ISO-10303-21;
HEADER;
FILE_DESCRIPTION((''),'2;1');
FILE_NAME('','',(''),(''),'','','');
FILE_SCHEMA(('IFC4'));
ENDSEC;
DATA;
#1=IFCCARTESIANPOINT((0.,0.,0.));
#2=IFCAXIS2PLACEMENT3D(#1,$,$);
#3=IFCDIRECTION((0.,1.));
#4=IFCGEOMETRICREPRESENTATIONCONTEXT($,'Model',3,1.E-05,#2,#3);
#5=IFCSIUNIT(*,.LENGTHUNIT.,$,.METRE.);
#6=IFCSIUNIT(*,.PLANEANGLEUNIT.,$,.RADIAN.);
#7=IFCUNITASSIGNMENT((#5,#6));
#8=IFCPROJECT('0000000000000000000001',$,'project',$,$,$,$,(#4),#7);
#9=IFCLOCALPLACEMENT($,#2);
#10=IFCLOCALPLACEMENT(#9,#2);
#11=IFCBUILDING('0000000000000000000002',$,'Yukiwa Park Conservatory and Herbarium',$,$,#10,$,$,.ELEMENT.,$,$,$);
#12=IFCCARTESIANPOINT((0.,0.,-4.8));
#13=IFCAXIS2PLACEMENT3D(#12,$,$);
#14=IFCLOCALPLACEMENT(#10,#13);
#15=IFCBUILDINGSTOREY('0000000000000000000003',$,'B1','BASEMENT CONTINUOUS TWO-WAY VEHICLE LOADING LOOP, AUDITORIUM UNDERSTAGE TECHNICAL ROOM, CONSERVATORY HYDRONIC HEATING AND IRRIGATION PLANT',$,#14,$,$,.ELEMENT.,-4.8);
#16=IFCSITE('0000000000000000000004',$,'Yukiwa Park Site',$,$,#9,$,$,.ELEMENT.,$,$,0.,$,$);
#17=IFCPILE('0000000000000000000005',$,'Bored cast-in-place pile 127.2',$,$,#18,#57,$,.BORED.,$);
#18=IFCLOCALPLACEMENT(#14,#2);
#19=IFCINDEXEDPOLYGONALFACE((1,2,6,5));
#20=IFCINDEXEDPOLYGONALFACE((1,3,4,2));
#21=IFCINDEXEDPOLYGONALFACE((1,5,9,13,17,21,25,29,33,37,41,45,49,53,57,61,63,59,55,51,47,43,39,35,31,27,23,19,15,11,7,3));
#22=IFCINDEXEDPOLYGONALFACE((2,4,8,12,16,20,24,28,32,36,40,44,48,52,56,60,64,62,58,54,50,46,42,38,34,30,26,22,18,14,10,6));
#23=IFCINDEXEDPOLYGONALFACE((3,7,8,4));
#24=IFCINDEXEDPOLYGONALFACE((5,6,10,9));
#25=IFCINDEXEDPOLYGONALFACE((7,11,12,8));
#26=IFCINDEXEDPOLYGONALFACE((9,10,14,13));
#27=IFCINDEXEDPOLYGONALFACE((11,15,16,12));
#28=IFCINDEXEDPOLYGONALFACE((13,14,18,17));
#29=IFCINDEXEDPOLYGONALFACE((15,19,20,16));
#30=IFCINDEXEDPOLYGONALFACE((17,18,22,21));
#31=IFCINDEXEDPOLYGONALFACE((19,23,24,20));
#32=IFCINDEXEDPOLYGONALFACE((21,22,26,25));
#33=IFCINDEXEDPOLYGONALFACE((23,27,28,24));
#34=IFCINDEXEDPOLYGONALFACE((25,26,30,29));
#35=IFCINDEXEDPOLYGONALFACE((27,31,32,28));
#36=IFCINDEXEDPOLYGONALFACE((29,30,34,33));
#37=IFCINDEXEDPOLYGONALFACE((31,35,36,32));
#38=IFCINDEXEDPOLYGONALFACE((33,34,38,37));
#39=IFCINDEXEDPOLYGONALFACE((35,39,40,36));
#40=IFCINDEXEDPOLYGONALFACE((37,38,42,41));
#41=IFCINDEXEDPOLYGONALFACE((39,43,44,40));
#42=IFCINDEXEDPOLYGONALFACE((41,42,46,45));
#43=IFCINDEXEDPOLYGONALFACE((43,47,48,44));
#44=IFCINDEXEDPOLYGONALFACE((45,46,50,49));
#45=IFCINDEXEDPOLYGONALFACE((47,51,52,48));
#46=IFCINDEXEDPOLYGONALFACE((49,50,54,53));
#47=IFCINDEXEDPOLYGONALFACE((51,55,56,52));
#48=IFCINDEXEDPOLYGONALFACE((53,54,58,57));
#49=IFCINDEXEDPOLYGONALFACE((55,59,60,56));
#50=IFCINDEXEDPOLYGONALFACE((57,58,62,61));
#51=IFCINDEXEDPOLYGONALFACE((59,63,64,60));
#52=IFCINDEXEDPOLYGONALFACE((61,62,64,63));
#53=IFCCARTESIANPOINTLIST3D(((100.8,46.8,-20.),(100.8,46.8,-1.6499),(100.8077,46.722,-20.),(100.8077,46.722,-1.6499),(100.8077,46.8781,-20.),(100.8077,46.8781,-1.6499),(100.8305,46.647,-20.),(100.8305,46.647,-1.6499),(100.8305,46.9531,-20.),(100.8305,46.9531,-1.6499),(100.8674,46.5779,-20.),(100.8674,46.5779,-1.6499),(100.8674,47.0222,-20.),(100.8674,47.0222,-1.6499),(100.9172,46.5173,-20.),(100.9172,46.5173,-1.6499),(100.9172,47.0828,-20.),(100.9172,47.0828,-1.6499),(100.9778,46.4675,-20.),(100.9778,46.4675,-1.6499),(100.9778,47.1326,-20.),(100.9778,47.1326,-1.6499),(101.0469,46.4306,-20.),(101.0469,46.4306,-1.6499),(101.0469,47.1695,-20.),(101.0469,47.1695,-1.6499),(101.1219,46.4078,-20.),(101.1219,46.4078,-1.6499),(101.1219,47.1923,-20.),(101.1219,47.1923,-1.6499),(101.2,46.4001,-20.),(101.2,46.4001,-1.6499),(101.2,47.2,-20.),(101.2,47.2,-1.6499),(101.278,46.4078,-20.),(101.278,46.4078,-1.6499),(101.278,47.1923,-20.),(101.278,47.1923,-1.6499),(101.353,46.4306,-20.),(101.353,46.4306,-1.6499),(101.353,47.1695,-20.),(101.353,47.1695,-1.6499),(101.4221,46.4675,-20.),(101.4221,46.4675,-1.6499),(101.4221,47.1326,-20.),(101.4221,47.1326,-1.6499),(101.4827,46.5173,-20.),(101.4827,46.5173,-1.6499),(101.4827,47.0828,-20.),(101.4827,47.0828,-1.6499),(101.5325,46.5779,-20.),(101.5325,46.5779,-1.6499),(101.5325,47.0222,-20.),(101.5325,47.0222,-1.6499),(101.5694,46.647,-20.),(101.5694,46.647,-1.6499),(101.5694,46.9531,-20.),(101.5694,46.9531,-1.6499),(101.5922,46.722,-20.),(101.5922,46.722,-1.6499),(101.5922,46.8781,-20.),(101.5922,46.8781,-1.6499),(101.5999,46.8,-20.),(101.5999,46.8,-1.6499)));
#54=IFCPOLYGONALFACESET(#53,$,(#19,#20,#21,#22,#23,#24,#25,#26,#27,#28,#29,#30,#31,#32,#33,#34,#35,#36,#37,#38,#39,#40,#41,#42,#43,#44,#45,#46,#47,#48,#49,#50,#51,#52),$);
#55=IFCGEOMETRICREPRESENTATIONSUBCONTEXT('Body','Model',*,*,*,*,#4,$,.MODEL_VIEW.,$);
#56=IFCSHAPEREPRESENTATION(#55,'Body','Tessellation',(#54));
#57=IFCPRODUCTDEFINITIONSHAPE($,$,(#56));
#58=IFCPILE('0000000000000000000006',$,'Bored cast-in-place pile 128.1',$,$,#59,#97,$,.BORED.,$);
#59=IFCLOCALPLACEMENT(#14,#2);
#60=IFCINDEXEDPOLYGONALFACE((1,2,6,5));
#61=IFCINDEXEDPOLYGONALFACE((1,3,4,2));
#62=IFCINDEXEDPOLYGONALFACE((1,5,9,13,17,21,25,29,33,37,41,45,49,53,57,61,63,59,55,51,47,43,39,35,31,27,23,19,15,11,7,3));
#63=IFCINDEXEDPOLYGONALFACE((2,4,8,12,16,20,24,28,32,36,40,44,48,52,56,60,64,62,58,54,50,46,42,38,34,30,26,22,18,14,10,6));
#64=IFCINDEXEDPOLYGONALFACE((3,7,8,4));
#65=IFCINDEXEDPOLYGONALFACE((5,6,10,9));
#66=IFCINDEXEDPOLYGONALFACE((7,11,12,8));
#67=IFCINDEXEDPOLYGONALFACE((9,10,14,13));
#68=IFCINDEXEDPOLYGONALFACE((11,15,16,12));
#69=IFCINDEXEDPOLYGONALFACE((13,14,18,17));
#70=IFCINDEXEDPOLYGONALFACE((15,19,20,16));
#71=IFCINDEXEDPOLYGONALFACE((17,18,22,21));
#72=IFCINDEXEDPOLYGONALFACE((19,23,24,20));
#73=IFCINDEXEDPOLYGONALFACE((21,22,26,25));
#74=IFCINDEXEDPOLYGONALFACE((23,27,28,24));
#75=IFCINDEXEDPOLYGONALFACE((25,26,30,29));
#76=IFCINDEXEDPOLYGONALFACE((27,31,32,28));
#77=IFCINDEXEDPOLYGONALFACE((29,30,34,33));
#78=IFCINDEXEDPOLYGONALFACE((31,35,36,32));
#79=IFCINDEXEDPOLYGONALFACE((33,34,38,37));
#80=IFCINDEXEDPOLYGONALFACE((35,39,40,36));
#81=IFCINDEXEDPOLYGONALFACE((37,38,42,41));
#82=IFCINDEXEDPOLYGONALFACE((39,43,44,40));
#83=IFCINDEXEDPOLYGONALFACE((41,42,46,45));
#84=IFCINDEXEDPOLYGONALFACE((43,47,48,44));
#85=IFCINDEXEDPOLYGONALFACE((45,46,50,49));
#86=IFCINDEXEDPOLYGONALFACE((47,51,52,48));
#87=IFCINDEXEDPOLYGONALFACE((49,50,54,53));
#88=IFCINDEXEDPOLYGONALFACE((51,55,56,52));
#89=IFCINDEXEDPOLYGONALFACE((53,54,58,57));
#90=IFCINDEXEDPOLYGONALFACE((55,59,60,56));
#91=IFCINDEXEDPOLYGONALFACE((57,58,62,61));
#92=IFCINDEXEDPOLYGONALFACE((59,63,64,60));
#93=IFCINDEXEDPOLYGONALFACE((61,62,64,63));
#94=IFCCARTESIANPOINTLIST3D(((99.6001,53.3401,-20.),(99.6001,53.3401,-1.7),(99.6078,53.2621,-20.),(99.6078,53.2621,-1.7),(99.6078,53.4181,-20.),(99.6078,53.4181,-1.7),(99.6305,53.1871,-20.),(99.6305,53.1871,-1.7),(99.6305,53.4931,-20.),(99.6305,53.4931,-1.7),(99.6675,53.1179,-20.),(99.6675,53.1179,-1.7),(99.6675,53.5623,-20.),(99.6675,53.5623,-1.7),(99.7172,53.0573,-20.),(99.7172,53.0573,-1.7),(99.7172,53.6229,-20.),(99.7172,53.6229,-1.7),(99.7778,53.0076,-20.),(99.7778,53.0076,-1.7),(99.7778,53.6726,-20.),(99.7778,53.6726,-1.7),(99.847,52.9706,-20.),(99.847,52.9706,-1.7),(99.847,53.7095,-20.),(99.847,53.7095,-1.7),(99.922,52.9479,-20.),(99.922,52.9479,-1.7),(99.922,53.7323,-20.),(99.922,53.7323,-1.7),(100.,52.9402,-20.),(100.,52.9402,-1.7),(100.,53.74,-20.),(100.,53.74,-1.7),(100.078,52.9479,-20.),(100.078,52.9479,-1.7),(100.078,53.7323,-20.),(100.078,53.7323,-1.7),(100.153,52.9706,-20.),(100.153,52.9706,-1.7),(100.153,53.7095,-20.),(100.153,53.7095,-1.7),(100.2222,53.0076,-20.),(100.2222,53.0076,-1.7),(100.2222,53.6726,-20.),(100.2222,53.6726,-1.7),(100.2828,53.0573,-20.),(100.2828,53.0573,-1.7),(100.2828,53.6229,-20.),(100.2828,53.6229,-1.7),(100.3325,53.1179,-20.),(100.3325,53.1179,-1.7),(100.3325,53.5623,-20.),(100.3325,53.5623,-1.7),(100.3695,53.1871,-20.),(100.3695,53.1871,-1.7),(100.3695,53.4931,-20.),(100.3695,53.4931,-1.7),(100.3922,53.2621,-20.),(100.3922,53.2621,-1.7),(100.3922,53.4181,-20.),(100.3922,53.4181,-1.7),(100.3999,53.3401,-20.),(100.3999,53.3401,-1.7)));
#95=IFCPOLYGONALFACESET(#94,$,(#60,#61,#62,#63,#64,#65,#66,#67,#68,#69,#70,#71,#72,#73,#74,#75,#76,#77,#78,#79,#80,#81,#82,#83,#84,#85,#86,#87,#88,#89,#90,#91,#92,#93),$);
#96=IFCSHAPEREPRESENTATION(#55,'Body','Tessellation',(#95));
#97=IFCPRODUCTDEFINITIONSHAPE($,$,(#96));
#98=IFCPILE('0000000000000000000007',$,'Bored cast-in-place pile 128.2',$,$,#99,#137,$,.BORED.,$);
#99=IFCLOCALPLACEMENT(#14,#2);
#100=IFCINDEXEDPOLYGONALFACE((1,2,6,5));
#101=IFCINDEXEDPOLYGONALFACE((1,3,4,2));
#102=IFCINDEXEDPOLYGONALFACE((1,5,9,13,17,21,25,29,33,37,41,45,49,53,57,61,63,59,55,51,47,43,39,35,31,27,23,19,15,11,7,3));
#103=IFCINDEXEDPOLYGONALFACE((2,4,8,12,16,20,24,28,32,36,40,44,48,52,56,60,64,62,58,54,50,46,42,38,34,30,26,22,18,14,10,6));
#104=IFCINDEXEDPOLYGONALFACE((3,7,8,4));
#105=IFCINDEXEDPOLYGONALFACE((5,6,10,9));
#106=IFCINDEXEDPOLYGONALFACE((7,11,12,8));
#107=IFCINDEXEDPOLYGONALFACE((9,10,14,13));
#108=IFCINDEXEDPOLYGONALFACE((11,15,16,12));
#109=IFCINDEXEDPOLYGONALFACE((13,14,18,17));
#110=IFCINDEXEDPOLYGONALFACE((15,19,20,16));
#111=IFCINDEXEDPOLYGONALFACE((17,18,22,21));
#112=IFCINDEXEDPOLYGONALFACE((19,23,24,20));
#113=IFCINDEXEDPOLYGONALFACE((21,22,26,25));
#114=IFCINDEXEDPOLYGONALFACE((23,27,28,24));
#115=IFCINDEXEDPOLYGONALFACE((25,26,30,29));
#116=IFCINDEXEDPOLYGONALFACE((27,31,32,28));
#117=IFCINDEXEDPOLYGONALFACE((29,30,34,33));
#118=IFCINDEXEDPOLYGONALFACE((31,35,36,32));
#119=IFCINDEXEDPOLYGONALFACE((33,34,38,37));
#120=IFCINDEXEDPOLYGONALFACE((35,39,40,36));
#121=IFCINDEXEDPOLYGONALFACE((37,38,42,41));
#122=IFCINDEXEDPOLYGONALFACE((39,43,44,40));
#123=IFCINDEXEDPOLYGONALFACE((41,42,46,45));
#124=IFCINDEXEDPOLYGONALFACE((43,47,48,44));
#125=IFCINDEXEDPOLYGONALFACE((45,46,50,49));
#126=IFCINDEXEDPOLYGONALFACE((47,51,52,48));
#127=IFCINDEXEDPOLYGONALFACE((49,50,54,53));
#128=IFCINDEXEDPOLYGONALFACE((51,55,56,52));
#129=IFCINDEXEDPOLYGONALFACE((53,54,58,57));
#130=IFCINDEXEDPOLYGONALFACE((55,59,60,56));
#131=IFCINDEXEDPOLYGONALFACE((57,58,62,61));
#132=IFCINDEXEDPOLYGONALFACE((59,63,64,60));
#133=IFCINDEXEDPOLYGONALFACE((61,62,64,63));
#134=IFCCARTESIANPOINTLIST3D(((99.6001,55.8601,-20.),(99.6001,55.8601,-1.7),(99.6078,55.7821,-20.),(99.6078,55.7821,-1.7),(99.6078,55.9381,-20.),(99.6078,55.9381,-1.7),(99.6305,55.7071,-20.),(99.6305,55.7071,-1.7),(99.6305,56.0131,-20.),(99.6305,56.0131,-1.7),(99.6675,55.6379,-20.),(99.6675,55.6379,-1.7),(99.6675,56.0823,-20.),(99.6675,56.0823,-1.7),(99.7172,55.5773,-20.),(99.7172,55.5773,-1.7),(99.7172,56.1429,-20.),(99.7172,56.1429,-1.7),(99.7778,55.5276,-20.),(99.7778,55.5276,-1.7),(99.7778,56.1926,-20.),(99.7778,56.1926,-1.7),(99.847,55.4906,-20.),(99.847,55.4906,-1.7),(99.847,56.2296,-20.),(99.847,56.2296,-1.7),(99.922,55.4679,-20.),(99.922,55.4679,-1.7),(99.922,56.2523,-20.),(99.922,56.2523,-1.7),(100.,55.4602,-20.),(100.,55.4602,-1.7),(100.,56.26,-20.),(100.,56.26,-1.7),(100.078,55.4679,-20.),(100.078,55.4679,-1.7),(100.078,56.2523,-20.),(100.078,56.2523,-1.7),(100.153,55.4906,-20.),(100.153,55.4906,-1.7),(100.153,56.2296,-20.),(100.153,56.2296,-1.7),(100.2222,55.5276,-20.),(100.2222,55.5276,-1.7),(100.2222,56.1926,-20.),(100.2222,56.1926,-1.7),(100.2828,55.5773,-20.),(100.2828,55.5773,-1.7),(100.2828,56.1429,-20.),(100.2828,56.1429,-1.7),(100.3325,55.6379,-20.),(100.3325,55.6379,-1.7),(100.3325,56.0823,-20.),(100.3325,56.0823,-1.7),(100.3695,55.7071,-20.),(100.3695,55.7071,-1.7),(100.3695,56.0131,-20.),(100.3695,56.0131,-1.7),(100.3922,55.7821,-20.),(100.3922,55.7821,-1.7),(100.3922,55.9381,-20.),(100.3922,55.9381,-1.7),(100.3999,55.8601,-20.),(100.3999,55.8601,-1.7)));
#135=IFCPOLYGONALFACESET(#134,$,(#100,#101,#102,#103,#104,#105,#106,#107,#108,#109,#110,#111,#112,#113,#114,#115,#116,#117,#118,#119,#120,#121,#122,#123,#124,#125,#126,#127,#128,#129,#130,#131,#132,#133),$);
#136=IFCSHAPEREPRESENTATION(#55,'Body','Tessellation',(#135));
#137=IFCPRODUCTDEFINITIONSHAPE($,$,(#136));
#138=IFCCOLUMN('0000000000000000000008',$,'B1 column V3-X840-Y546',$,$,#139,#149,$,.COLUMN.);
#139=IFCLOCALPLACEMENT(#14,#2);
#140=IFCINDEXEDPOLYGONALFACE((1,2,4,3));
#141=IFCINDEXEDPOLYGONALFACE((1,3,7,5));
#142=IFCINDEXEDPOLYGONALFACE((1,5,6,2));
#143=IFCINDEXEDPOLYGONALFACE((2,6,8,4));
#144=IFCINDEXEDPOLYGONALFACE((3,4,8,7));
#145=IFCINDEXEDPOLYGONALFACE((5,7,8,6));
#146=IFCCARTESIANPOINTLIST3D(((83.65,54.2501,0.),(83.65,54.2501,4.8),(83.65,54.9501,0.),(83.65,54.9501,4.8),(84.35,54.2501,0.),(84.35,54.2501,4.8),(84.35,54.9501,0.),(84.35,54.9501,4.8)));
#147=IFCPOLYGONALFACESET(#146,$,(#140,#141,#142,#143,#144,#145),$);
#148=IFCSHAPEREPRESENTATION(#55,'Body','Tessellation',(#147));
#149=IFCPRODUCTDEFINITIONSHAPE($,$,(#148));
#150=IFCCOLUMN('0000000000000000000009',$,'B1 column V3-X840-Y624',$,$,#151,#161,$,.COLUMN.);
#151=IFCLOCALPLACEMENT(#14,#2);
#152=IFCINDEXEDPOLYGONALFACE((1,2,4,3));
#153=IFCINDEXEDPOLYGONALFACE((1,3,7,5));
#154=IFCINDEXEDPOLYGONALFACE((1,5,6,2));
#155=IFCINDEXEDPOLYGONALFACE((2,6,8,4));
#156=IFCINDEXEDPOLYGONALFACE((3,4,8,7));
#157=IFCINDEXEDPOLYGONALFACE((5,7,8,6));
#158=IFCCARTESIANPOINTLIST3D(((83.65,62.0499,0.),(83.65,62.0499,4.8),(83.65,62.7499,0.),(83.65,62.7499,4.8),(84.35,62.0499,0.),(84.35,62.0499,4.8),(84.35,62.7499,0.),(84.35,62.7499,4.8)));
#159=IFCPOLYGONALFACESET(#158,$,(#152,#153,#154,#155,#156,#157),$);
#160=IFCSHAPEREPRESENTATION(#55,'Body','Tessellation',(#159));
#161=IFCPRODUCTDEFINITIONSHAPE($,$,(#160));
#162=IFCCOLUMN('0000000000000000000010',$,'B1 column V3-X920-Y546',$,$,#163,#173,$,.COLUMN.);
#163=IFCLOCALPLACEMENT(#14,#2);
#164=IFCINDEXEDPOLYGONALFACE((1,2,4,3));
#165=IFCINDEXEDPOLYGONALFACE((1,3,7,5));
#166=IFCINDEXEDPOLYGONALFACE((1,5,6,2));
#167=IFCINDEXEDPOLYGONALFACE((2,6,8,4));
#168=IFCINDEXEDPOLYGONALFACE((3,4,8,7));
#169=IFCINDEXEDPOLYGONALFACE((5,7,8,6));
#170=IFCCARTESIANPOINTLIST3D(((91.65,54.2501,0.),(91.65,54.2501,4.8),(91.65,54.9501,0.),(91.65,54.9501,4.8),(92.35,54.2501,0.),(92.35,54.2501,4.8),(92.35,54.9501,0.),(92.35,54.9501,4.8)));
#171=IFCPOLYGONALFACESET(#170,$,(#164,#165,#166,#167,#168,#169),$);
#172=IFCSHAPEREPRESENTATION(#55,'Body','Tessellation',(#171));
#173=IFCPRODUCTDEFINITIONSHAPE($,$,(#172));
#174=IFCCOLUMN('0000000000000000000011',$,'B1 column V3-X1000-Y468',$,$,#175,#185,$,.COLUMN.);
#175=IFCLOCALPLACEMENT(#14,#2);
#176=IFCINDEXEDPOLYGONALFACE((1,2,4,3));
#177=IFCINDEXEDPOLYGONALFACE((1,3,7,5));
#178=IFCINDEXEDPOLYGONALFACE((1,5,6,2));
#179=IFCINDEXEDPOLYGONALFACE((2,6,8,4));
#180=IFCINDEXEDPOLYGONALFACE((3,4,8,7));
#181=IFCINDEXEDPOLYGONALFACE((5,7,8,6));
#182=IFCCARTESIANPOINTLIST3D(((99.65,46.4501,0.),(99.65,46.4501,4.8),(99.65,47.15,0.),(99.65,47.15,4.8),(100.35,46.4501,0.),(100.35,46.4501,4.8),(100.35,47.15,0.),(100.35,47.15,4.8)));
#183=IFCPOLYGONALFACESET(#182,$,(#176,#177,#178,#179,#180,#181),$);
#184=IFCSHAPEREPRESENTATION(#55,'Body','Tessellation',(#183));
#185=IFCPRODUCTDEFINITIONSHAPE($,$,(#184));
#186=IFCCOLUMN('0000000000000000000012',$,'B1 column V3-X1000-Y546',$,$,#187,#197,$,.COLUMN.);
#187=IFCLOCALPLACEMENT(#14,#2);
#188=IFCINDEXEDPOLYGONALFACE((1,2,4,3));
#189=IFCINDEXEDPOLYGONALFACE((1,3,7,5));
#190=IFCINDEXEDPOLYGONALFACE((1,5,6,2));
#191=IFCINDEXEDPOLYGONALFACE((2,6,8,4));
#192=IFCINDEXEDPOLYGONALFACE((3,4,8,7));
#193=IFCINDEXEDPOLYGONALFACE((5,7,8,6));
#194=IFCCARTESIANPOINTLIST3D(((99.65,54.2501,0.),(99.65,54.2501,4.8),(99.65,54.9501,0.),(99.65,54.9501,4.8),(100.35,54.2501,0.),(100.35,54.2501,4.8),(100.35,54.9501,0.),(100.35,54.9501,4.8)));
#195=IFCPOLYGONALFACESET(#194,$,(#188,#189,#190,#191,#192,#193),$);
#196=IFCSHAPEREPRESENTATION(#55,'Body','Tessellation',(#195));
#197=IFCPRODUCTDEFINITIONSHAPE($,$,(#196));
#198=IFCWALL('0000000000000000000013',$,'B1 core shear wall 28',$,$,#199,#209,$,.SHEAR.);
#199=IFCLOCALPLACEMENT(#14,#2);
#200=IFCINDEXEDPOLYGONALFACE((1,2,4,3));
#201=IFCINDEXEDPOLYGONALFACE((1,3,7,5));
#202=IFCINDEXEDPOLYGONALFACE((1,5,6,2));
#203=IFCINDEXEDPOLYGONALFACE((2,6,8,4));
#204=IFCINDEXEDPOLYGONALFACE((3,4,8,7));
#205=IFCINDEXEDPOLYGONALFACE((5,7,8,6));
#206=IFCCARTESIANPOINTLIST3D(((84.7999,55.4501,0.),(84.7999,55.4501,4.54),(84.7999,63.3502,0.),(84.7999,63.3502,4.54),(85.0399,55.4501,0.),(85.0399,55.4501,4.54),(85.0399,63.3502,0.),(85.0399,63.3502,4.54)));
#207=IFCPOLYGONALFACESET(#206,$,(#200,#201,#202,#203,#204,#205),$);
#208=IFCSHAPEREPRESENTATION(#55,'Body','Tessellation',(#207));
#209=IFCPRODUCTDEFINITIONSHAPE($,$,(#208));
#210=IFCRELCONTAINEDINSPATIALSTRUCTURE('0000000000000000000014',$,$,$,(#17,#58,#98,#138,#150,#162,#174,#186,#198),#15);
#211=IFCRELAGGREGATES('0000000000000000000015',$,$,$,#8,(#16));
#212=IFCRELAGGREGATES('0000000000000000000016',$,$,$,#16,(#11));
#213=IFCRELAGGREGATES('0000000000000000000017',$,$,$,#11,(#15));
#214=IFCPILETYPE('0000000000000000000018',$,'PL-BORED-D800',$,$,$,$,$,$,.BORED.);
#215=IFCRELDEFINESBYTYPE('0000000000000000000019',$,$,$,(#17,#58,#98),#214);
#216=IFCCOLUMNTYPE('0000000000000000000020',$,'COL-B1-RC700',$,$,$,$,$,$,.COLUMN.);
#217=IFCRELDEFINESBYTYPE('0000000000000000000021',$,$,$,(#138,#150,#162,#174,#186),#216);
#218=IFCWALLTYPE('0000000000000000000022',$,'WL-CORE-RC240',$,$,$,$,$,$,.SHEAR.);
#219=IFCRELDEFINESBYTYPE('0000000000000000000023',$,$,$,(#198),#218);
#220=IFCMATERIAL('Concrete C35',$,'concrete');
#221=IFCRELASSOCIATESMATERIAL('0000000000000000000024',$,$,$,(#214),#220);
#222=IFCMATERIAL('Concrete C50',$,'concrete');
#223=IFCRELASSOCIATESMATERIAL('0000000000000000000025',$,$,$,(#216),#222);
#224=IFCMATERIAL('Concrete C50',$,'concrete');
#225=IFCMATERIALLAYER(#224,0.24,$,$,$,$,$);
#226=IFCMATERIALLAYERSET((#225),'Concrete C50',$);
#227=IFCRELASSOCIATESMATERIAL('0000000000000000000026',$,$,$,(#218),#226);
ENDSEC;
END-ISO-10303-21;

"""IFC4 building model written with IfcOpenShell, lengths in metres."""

from ifc_helpers import new_model, si_unit, direction, frame, frame_2d, origin, origin_2d, place, context, subcontext, project, spatial, rectangle, circle, extrude, material, layer, layer_set, material_profile, profile_set, type_object, element, save


model = new_model("IFC4")

# Units and contexts
model_context = context("Model", 3, precision=1e-05, world=origin(), true_north=direction((0.0, 1.0)))
body_context = subcontext(model_context, "Body", "Model", "MODEL_VIEW")
ifc_project = project(units=[si_unit("LENGTHUNIT", "METRE"), si_unit("PLANEANGLEUNIT", "RADIAN")], contexts=[model_context])

# Site, building, storey
site_placement = place(None, origin())
site = spatial("IfcSite", under=ifc_project, at=site_placement, Name="Yukiwa Park Site", CompositionType="ELEMENT", RefElevation=0.0)
building_placement = place(site_placement, origin())
building = spatial("IfcBuilding", under=site, at=building_placement, Name="Yukiwa Park Conservatory and Herbarium", CompositionType="ELEMENT")
storey_placement = place(building_placement, frame((0.0, 0.0, -4.8)))
storey = spatial("IfcBuildingStorey", under=building, at=storey_placement, Name="B1", Description="BASEMENT CONTINUOUS TWO-WAY VEHICLE LOADING LOOP, AUDITORIUM UNDERSTAGE TECHNICAL ROOM, CONSERVATORY HYDRONIC HEATING AND IRRIGATION PLANT", CompositionType="ELEMENT", Elevation=-4.8)

# Piles
ifc_material_1 = material(Name="Concrete C35", Category="concrete")
ifc_material_profile_1 = material_profile(ifc_material_1, circle(Radius=0.3999, at=origin_2d()), Name="PILE D800")
ifc_profile_set_1 = profile_set([ifc_material_profile_1], Name="Concrete C35")
pile_type = type_object("IfcPileType", Name="PL-BORED-D800", PredefinedType="BORED", material=ifc_profile_set_1)
pile_1_placement = place(storey_placement, frame((101.2, 46.8, -1.6499), z_axis=(0.0, 0.0, -1.0), x_axis=(1.0, 0.0, 0.0)))
element("IfcPile", 1, at=pile_1_placement, inside=storey, type_object=pile_type, Name="Bored cast-in-place pile 127.2", PredefinedType="BORED", context=body_context, shape_type="SweptSolid", body=[
    extrude(circle(Radius=0.3999, at=origin_2d()), origin(), (0.0, 0.0, 1.0), 18.3501),
])
for number, where, z_axis, x_axis, name in (
    (2, (100.0, 53.3401, -1.7), (0.0, 0.0, -1.0), (1.0, 0.0, 0.0), "Bored cast-in-place pile 128.1"),
    (3, (100.0, 55.8601, -1.7), (0.0, 0.0, -1.0), (1.0, 0.0, 0.0), "Bored cast-in-place pile 128.2"),
):
    element("IfcPile", number, at=place(storey_placement, frame(where, z_axis=z_axis, x_axis=x_axis)), inside=storey, type_object=pile_type, Name=name, PredefinedType="BORED", context=body_context, shape_type="SweptSolid", body=[
        extrude(circle(Radius=0.3999, at=origin_2d()), origin(), (0.0, 0.0, 1.0), 18.3),
    ])

# Columns
ifc_material_2 = material(Name="Concrete C50", Category="concrete")
ifc_material_profile_2 = material_profile(ifc_material_2, rectangle(XDim=0.7, YDim=0.7, at=origin_2d()), Name="RC 700x700")
ifc_profile_set_2 = profile_set([ifc_material_profile_2], Name="Concrete C50")
column_type = type_object("IfcColumnType", Name="COL-B1-RC700", PredefinedType="COLUMN", material=ifc_profile_set_2)
for number, where, z_axis, x_axis, name in (
    (4, (84.0, 54.6001, 0.0), (0.0, 0.0, 1.0), (1.0, 0.0, 0.0), "B1 column V3-X840-Y546"),
    (5, (84.0, 62.3999, 0.0), (0.0, 0.0, 1.0), (1.0, 0.0, 0.0), "B1 column V3-X840-Y624"),
    (6, (92.0, 54.6001, 0.0), (0.0, 0.0, 1.0), (1.0, 0.0, 0.0), "B1 column V3-X920-Y546"),
    (7, (100.0, 46.8, 0.0), (0.0, 0.0, 1.0), (1.0, 0.0, 0.0), "B1 column V3-X1000-Y468"),
    (8, (100.0, 54.6001, 0.0), (0.0, 0.0, 1.0), (1.0, 0.0, 0.0), "B1 column V3-X1000-Y546"),
):
    element("IfcColumn", number, at=place(storey_placement, frame(where, z_axis=z_axis, x_axis=x_axis)), inside=storey, type_object=column_type, Name=name, PredefinedType="COLUMN", context=body_context, shape_type="SweptSolid", body=[
        extrude(rectangle(XDim=0.7, YDim=0.7, at=origin_2d()), origin(), (0.0, 0.0, 1.0), 4.8),
    ])

# Wall
ifc_material_3 = material(Name="Concrete C50", Category="concrete")
ifc_layer_1 = layer(ifc_material_3, 0.24)
ifc_layer_set_1 = layer_set([ifc_layer_1], Name="Concrete C50")
wall_type = type_object("IfcWallType", Name="WL-CORE-RC240", PredefinedType="SHEAR", material=ifc_layer_set_1)
wall_1_placement = place(storey_placement, frame((84.9199, 55.45, 0.0), z_axis=(0.0, 0.0, 1.0), x_axis=(0.0, 1.0, 0.0)))
element("IfcWall", 9, at=wall_1_placement, inside=storey, type_object=wall_type, Name="B1 core shear wall 28", PredefinedType="SHEAR", context=body_context, shape_type="SweptSolid", body=[
    extrude(rectangle(XDim=7.9001, YDim=0.24, at=frame_2d((3.9502, 0.0))), origin(), (0.0, 0.0, 1.0), 4.54),
])

save(model, "model.ifc")
